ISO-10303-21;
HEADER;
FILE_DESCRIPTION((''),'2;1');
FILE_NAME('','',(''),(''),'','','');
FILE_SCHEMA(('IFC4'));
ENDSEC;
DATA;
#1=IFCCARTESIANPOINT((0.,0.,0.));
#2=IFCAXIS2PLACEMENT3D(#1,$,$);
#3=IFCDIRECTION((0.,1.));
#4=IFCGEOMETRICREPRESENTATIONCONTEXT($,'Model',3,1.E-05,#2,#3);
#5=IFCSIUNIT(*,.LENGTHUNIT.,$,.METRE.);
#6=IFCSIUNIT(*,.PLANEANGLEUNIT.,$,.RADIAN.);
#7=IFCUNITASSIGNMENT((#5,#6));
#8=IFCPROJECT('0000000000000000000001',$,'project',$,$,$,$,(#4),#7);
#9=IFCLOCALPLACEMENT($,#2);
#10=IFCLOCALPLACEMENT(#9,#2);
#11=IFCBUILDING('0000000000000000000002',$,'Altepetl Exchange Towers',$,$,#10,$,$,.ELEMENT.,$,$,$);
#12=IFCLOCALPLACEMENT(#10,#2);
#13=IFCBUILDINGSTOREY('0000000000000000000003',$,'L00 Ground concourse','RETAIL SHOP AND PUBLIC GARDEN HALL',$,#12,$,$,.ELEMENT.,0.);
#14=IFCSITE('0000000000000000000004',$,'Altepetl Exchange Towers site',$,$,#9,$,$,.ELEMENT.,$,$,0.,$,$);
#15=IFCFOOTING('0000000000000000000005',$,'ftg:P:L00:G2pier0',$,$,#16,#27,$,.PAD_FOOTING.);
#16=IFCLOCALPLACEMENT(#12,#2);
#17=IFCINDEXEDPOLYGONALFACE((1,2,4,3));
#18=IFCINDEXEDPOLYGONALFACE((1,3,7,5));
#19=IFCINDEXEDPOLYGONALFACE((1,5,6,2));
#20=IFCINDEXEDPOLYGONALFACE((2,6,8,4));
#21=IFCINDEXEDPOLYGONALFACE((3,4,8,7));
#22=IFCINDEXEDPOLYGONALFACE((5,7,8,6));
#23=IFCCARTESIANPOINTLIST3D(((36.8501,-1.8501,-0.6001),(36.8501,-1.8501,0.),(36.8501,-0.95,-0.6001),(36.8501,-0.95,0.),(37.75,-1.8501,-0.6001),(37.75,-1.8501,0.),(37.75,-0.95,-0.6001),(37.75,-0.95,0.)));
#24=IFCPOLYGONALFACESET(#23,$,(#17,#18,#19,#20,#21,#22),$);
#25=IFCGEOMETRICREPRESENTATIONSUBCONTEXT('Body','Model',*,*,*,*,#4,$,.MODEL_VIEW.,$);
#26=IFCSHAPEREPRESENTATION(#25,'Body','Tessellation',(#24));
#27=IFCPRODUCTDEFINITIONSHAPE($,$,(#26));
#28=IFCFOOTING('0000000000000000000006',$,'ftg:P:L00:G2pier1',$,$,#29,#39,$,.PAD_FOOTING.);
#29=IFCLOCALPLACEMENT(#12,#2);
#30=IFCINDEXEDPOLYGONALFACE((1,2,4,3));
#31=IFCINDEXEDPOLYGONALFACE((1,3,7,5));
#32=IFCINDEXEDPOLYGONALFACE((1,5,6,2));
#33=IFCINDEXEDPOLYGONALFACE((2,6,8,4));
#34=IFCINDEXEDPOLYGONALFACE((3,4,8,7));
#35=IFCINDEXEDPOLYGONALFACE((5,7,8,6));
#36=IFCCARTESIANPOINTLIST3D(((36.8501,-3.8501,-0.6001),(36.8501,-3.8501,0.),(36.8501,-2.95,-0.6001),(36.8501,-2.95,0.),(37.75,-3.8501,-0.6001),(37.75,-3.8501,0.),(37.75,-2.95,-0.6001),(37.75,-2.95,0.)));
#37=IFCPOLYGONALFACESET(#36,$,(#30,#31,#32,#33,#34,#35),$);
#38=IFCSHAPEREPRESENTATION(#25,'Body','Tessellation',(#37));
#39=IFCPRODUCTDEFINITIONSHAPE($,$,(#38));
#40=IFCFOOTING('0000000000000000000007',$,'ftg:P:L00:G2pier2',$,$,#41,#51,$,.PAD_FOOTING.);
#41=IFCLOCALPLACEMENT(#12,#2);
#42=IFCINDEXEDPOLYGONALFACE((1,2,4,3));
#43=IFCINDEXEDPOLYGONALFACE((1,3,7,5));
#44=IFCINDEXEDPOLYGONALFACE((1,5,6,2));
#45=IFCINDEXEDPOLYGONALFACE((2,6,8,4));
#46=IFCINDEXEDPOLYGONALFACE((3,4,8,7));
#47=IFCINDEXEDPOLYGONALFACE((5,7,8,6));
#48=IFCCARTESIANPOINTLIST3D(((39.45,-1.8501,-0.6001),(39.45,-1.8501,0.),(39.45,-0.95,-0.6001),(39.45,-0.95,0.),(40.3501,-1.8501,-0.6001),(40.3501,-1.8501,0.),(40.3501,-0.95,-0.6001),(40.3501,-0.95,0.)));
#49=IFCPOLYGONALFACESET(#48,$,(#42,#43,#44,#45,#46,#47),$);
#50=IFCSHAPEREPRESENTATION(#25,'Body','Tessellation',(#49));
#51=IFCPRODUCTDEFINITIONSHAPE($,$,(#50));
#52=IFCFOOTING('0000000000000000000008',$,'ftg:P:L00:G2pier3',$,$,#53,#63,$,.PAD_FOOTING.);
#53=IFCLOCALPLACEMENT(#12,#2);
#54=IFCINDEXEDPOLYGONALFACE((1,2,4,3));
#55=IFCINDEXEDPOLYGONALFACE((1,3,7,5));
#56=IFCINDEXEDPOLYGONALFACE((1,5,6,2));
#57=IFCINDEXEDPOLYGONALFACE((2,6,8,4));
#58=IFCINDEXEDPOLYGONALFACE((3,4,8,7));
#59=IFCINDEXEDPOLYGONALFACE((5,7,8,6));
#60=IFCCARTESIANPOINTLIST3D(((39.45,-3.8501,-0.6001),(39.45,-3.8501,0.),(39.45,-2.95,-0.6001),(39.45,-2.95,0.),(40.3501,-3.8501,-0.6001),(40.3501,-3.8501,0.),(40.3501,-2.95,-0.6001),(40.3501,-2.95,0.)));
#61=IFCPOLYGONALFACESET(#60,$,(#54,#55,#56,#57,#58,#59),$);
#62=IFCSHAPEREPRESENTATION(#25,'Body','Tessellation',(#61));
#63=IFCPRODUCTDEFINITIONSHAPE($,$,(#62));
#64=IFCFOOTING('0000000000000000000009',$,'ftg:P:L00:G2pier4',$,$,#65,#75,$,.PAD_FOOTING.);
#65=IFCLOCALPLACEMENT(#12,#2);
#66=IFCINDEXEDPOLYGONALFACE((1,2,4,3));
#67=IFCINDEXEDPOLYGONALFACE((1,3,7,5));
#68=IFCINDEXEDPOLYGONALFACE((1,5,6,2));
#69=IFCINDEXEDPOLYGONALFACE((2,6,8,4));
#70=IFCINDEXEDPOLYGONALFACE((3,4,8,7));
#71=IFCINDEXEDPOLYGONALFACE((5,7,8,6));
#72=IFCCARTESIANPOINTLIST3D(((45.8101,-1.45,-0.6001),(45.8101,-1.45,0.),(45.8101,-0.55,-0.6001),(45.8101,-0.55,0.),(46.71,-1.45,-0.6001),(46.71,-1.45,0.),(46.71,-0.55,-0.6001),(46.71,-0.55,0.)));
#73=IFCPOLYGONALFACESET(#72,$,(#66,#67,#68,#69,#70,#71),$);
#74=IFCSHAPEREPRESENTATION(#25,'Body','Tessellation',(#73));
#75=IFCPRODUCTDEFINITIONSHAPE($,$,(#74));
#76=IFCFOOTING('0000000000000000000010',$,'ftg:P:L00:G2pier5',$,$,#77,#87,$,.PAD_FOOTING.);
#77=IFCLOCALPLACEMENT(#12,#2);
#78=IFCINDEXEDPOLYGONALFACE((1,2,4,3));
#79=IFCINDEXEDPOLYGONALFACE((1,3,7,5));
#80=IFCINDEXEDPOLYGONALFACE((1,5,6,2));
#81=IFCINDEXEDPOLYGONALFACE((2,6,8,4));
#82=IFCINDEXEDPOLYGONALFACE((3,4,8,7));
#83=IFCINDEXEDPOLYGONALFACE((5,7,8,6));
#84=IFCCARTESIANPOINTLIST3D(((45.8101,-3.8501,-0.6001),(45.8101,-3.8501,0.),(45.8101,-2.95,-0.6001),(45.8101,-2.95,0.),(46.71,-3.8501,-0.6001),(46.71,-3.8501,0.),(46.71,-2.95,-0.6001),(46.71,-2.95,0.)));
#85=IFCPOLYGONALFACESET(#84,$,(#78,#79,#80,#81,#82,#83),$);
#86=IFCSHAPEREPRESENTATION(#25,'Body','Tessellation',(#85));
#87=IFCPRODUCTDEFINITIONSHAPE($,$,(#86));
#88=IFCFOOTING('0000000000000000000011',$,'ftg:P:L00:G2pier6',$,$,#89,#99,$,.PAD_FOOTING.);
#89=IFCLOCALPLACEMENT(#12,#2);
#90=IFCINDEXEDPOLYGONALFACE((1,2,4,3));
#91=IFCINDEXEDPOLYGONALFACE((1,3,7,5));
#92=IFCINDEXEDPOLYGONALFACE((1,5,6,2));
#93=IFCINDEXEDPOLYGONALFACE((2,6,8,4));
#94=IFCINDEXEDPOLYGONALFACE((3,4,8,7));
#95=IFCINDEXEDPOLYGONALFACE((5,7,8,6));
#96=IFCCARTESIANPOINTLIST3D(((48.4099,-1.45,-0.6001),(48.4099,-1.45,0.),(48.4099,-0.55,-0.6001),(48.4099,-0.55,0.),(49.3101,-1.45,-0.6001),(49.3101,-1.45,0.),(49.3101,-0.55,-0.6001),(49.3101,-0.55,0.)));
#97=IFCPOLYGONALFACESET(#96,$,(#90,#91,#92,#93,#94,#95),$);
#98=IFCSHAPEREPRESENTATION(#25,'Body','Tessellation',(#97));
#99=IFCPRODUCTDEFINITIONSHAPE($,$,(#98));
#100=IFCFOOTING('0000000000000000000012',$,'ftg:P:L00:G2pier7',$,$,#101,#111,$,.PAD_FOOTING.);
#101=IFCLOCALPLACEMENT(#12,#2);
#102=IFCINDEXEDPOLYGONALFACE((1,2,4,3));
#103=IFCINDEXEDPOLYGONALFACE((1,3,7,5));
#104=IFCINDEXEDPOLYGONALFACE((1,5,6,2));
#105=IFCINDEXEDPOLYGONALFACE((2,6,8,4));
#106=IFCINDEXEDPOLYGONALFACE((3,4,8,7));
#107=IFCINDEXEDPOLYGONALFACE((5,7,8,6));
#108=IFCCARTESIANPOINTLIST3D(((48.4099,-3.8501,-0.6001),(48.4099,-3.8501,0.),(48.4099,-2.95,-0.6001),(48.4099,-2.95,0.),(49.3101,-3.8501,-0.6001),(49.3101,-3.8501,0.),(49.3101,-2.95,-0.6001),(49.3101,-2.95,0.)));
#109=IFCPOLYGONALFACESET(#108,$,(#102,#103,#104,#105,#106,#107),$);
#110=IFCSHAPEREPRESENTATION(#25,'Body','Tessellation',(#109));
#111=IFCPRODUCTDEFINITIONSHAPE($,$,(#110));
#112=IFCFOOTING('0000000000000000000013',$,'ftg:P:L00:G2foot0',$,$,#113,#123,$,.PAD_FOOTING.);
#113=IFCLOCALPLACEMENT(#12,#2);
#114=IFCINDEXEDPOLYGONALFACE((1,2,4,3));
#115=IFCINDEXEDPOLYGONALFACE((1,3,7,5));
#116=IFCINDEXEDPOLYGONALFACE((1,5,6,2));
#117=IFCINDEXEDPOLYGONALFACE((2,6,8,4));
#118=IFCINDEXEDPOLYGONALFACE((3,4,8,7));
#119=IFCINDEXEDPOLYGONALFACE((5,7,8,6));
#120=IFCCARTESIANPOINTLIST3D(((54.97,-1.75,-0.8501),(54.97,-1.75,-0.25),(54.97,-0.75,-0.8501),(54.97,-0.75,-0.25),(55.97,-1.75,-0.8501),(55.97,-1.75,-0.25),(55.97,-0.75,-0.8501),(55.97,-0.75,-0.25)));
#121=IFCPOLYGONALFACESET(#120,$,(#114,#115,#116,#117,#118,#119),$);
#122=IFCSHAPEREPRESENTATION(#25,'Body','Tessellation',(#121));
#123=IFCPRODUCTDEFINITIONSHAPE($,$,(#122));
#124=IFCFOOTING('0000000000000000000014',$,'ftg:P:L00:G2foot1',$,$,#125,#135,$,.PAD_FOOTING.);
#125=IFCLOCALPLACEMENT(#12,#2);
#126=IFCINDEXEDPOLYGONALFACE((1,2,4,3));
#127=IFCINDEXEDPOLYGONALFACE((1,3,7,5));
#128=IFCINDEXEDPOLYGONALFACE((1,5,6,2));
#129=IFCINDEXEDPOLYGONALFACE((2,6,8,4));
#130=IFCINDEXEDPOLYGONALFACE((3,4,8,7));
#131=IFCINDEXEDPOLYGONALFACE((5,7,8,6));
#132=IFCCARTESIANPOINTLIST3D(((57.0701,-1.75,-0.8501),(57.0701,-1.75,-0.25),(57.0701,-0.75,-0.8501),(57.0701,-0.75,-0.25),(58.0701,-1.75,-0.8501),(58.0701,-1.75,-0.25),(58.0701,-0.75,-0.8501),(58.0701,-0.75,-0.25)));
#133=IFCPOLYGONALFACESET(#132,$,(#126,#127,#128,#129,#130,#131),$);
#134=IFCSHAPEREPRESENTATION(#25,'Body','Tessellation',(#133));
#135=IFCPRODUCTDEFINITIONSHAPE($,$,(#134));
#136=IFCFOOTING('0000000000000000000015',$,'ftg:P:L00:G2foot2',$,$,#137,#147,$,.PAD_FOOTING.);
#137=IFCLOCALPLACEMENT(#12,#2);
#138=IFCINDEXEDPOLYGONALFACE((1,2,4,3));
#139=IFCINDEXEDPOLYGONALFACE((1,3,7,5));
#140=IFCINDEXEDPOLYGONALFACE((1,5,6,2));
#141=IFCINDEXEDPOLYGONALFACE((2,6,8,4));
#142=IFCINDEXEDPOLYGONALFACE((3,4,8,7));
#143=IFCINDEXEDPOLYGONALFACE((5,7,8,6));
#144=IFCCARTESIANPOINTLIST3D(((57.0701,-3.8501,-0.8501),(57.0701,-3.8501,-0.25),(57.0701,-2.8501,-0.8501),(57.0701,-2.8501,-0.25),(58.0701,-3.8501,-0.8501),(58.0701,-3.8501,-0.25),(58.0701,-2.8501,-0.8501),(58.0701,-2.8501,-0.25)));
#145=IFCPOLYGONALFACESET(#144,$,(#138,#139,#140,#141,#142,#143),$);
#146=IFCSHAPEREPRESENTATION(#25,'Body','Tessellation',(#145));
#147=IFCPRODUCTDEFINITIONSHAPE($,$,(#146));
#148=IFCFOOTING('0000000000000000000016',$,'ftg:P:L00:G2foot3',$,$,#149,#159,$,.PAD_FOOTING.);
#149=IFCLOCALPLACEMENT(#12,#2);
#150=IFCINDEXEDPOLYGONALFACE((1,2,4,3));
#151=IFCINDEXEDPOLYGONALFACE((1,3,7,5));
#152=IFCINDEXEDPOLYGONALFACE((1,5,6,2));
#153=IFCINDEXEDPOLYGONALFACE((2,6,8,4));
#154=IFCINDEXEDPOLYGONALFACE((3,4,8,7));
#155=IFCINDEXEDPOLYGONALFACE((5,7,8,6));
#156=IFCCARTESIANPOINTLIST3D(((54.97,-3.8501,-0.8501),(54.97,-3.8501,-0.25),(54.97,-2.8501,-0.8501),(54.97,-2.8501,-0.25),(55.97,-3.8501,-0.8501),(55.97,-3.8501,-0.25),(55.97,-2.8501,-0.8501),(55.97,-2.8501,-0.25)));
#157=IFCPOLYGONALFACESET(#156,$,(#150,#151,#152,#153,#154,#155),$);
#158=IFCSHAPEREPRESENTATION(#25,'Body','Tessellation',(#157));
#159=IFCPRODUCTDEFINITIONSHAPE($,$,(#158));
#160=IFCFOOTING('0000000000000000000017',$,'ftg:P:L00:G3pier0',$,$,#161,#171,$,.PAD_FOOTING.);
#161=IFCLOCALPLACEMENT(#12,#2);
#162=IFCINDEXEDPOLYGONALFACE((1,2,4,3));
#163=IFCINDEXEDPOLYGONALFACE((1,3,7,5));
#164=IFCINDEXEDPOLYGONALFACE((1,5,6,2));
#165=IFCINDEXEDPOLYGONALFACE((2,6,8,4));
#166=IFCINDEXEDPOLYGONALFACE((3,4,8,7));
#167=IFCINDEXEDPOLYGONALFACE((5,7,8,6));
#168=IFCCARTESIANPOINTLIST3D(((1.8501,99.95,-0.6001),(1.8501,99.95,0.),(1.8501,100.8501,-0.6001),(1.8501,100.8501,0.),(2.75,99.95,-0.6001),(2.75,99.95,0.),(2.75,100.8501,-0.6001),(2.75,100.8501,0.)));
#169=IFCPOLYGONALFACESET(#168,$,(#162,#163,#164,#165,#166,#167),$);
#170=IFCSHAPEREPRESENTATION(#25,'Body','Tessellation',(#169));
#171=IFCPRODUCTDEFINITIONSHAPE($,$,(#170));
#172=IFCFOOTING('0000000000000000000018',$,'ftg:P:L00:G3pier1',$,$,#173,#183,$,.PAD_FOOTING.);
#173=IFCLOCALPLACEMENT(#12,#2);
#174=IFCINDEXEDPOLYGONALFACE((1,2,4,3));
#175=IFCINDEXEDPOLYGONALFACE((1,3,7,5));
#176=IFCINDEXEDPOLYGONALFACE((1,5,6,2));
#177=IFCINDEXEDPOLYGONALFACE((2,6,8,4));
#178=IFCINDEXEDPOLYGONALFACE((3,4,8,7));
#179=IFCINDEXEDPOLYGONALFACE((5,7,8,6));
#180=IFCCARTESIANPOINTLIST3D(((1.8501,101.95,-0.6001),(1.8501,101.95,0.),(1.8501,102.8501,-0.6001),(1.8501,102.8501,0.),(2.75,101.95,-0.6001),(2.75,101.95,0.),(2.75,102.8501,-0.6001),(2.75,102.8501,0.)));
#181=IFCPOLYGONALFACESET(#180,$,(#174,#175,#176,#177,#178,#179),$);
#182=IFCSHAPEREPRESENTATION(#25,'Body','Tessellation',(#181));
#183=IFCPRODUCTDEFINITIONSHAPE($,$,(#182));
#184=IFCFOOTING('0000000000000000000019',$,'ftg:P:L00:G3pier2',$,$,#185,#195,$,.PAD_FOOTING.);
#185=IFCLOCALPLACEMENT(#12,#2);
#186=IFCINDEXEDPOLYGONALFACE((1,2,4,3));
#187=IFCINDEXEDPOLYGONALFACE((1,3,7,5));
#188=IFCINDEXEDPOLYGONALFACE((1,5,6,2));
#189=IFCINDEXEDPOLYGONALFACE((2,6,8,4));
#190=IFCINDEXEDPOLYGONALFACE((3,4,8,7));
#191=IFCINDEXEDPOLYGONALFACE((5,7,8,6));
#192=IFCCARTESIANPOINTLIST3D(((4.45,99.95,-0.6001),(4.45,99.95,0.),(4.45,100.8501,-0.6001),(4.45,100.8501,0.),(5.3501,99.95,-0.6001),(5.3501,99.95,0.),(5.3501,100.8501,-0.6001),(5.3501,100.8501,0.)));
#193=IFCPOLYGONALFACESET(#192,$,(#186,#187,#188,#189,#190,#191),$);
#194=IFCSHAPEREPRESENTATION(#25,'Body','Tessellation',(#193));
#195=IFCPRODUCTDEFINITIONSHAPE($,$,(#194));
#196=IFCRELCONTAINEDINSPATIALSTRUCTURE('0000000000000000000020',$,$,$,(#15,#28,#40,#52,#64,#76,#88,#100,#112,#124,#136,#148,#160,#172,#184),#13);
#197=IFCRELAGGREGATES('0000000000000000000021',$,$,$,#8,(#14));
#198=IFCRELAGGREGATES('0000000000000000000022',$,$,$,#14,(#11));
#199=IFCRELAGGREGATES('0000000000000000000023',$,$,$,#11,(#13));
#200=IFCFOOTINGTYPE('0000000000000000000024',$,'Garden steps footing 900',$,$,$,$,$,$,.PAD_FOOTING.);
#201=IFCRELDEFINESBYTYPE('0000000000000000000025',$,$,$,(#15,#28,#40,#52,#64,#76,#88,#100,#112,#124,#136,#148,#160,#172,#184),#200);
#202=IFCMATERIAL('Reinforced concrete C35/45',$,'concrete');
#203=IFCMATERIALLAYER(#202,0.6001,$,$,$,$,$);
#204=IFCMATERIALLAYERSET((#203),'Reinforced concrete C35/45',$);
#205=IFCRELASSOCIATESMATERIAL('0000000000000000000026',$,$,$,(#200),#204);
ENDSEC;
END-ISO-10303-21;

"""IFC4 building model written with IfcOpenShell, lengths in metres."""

from ifc_helpers import new_model, si_unit, direction, frame, origin, place, context, subcontext, project, spatial, polyline, outline, extrude, material, layer, layer_set, type_object, element, save


model = new_model("IFC4")

# Units and contexts
model_context = context("Model", 3, precision=1e-05, world=origin(), true_north=direction((0.0, 1.0)))
body_context = subcontext(model_context, "Body", "Model", "MODEL_VIEW")
ifc_project = project(units=[si_unit("LENGTHUNIT", "METRE"), si_unit("PLANEANGLEUNIT", "RADIAN")], contexts=[model_context])

# Site, building, storey
site_placement = place(None, origin())
site = spatial("IfcSite", under=ifc_project, at=site_placement, Name="Altepetl Exchange Towers site", CompositionType="ELEMENT", RefElevation=0.0)
building_placement = place(site_placement, origin())
building = spatial("IfcBuilding", under=site, at=building_placement, Name="Altepetl Exchange Towers", CompositionType="ELEMENT")
storey_placement = place(building_placement, origin())
storey = spatial("IfcBuildingStorey", under=building, at=storey_placement, Name="L00 Ground concourse", Description="RETAIL SHOP AND PUBLIC GARDEN HALL", CompositionType="ELEMENT", Elevation=0.0)

# Footings
ifc_material = material(Name="Reinforced concrete C35/45", Category="concrete")
ifc_layer_1 = layer(ifc_material, 0.6001)
ifc_layer_set_1 = layer_set([ifc_layer_1], Name="Reinforced concrete C35/45")
footing_type = type_object("IfcFootingType", Name="Garden steps footing 900", PredefinedType="PAD_FOOTING", material=ifc_layer_set_1)
footing_1_placement = place(storey_placement, frame((0.0, 0.0, -0.6001)))
element("IfcFooting", 1, at=footing_1_placement, inside=storey, type_object=footing_type, Name="ftg:P:L00:G2pier0", PredefinedType="PAD_FOOTING", context=body_context, shape_type="SweptSolid", body=[
    extrude(outline(polyline([(36.8501, -1.8501), (37.75, -1.8501), (37.75, -0.95), (36.8501, -0.95), (36.8501, -1.8501)])), origin(), (0.0, 0.0, 1.0), 0.6001),
])
footing_2_placement = place(storey_placement, frame((0.0, 0.0, -0.6001)))
element("IfcFooting", 2, at=footing_2_placement, inside=storey, type_object=footing_type, Name="ftg:P:L00:G2pier1", PredefinedType="PAD_FOOTING", context=body_context, shape_type="SweptSolid", body=[
    extrude(outline(polyline([(36.8501, -3.8501), (37.75, -3.8501), (37.75, -2.95), (36.8501, -2.95), (36.8501, -3.8501)])), origin(), (0.0, 0.0, 1.0), 0.6001),
])
footing_3_placement = place(storey_placement, frame((0.0, 0.0, -0.6001)))
element("IfcFooting", 3, at=footing_3_placement, inside=storey, type_object=footing_type, Name="ftg:P:L00:G2pier2", PredefinedType="PAD_FOOTING", context=body_context, shape_type="SweptSolid", body=[
    extrude(outline(polyline([(39.45, -1.8501), (40.3501, -1.8501), (40.3501, -0.95), (39.45, -0.95), (39.45, -1.8501)])), origin(), (0.0, 0.0, 1.0), 0.6001),
])
footing_4_placement = place(storey_placement, frame((0.0, 0.0, -0.6001)))
element("IfcFooting", 4, at=footing_4_placement, inside=storey, type_object=footing_type, Name="ftg:P:L00:G2pier3", PredefinedType="PAD_FOOTING", context=body_context, shape_type="SweptSolid", body=[
    extrude(outline(polyline([(39.45, -3.8501), (40.3501, -3.8501), (40.3501, -2.95), (39.45, -2.95), (39.45, -3.8501)])), origin(), (0.0, 0.0, 1.0), 0.6001),
])
footing_5_placement = place(storey_placement, frame((0.0, 0.0, -0.6001)))
element("IfcFooting", 5, at=footing_5_placement, inside=storey, type_object=footing_type, Name="ftg:P:L00:G2pier4", PredefinedType="PAD_FOOTING", context=body_context, shape_type="SweptSolid", body=[
    extrude(outline(polyline([(45.8101, -1.45), (46.71, -1.45), (46.71, -0.55), (45.8101, -0.55), (45.8101, -1.45)])), origin(), (0.0, 0.0, 1.0), 0.6001),
])
footing_6_placement = place(storey_placement, frame((0.0, 0.0, -0.6001)))
element("IfcFooting", 6, at=footing_6_placement, inside=storey, type_object=footing_type, Name="ftg:P:L00:G2pier5", PredefinedType="PAD_FOOTING", context=body_context, shape_type="SweptSolid", body=[
    extrude(outline(polyline([(45.8101, -3.8501), (46.71, -3.8501), (46.71, -2.95), (45.8101, -2.95), (45.8101, -3.8501)])), origin(), (0.0, 0.0, 1.0), 0.6001),
])
footing_7_placement = place(storey_placement, frame((0.0, 0.0, -0.6001)))
element("IfcFooting", 7, at=footing_7_placement, inside=storey, type_object=footing_type, Name="ftg:P:L00:G2pier6", PredefinedType="PAD_FOOTING", context=body_context, shape_type="SweptSolid", body=[
    extrude(outline(polyline([(48.4099, -1.45), (49.3101, -1.45), (49.3101, -0.55), (48.4099, -0.55), (48.4099, -1.45)])), origin(), (0.0, 0.0, 1.0), 0.6001),
])
footing_8_placement = place(storey_placement, frame((0.0, 0.0, -0.6001)))
element("IfcFooting", 8, at=footing_8_placement, inside=storey, type_object=footing_type, Name="ftg:P:L00:G2pier7", PredefinedType="PAD_FOOTING", context=body_context, shape_type="SweptSolid", body=[
    extrude(outline(polyline([(48.4099, -3.8501), (49.3101, -3.8501), (49.3101, -2.95), (48.4099, -2.95), (48.4099, -3.8501)])), origin(), (0.0, 0.0, 1.0), 0.6001),
])
footing_9_placement = place(storey_placement, frame((0.0, 0.0, -0.8501)))
element("IfcFooting", 9, at=footing_9_placement, inside=storey, type_object=footing_type, Name="ftg:P:L00:G2foot0", PredefinedType="PAD_FOOTING", context=body_context, shape_type="SweptSolid", body=[
    extrude(outline(polyline([(54.97, -1.75), (55.97, -1.75), (55.97, -0.75), (54.97, -0.75), (54.97, -1.75)])), origin(), (0.0, 0.0, 1.0), 0.6001),
])
footing_10_placement = place(storey_placement, frame((0.0, 0.0, -0.8501)))
element("IfcFooting", 10, at=footing_10_placement, inside=storey, type_object=footing_type, Name="ftg:P:L00:G2foot1", PredefinedType="PAD_FOOTING", context=body_context, shape_type="SweptSolid", body=[
    extrude(outline(polyline([(57.0701, -1.75), (58.0701, -1.75), (58.0701, -0.75), (57.0701, -0.75), (57.0701, -1.75)])), origin(), (0.0, 0.0, 1.0), 0.6001),
])
footing_11_placement = place(storey_placement, frame((0.0, 0.0, -0.8501)))
element("IfcFooting", 11, at=footing_11_placement, inside=storey, type_object=footing_type, Name="ftg:P:L00:G2foot2", PredefinedType="PAD_FOOTING", context=body_context, shape_type="SweptSolid", body=[
    extrude(outline(polyline([(57.0701, -3.8501), (58.0701, -3.8501), (58.0701, -2.8501), (57.0701, -2.8501), (57.0701, -3.8501)])), origin(), (0.0, 0.0, 1.0), 0.6001),
])
footing_12_placement = place(storey_placement, frame((0.0, 0.0, -0.8501)))
element("IfcFooting", 12, at=footing_12_placement, inside=storey, type_object=footing_type, Name="ftg:P:L00:G2foot3", PredefinedType="PAD_FOOTING", context=body_context, shape_type="SweptSolid", body=[
    extrude(outline(polyline([(54.97, -3.8501), (55.97, -3.8501), (55.97, -2.8501), (54.97, -2.8501), (54.97, -3.8501)])), origin(), (0.0, 0.0, 1.0), 0.6001),
])
footing_13_placement = place(storey_placement, frame((0.0, 0.0, -0.6001)))
element("IfcFooting", 13, at=footing_13_placement, inside=storey, type_object=footing_type, Name="ftg:P:L00:G3pier0", PredefinedType="PAD_FOOTING", context=body_context, shape_type="SweptSolid", body=[
    extrude(outline(polyline([(1.8501, 99.95), (2.75, 99.95), (2.75, 100.8501), (1.8501, 100.8501), (1.8501, 99.95)])), origin(), (0.0, 0.0, 1.0), 0.6001),
])
footing_14_placement = place(storey_placement, frame((0.0, 0.0, -0.6001)))
element("IfcFooting", 14, at=footing_14_placement, inside=storey, type_object=footing_type, Name="ftg:P:L00:G3pier1", PredefinedType="PAD_FOOTING", context=body_context, shape_type="SweptSolid", body=[
    extrude(outline(polyline([(1.8501, 101.95), (2.75, 101.95), (2.75, 102.8501), (1.8501, 102.8501), (1.8501, 101.95)])), origin(), (0.0, 0.0, 1.0), 0.6001),
])
footing_15_placement = place(storey_placement, frame((0.0, 0.0, -0.6001)))
element("IfcFooting", 15, at=footing_15_placement, inside=storey, type_object=footing_type, Name="ftg:P:L00:G3pier2", PredefinedType="PAD_FOOTING", context=body_context, shape_type="SweptSolid", body=[
    extrude(outline(polyline([(4.45, 99.95), (5.3501, 99.95), (5.3501, 100.8501), (4.45, 100.8501), (4.45, 99.95)])), origin(), (0.0, 0.0, 1.0), 0.6001),
])

save(model, "model.ifc")
